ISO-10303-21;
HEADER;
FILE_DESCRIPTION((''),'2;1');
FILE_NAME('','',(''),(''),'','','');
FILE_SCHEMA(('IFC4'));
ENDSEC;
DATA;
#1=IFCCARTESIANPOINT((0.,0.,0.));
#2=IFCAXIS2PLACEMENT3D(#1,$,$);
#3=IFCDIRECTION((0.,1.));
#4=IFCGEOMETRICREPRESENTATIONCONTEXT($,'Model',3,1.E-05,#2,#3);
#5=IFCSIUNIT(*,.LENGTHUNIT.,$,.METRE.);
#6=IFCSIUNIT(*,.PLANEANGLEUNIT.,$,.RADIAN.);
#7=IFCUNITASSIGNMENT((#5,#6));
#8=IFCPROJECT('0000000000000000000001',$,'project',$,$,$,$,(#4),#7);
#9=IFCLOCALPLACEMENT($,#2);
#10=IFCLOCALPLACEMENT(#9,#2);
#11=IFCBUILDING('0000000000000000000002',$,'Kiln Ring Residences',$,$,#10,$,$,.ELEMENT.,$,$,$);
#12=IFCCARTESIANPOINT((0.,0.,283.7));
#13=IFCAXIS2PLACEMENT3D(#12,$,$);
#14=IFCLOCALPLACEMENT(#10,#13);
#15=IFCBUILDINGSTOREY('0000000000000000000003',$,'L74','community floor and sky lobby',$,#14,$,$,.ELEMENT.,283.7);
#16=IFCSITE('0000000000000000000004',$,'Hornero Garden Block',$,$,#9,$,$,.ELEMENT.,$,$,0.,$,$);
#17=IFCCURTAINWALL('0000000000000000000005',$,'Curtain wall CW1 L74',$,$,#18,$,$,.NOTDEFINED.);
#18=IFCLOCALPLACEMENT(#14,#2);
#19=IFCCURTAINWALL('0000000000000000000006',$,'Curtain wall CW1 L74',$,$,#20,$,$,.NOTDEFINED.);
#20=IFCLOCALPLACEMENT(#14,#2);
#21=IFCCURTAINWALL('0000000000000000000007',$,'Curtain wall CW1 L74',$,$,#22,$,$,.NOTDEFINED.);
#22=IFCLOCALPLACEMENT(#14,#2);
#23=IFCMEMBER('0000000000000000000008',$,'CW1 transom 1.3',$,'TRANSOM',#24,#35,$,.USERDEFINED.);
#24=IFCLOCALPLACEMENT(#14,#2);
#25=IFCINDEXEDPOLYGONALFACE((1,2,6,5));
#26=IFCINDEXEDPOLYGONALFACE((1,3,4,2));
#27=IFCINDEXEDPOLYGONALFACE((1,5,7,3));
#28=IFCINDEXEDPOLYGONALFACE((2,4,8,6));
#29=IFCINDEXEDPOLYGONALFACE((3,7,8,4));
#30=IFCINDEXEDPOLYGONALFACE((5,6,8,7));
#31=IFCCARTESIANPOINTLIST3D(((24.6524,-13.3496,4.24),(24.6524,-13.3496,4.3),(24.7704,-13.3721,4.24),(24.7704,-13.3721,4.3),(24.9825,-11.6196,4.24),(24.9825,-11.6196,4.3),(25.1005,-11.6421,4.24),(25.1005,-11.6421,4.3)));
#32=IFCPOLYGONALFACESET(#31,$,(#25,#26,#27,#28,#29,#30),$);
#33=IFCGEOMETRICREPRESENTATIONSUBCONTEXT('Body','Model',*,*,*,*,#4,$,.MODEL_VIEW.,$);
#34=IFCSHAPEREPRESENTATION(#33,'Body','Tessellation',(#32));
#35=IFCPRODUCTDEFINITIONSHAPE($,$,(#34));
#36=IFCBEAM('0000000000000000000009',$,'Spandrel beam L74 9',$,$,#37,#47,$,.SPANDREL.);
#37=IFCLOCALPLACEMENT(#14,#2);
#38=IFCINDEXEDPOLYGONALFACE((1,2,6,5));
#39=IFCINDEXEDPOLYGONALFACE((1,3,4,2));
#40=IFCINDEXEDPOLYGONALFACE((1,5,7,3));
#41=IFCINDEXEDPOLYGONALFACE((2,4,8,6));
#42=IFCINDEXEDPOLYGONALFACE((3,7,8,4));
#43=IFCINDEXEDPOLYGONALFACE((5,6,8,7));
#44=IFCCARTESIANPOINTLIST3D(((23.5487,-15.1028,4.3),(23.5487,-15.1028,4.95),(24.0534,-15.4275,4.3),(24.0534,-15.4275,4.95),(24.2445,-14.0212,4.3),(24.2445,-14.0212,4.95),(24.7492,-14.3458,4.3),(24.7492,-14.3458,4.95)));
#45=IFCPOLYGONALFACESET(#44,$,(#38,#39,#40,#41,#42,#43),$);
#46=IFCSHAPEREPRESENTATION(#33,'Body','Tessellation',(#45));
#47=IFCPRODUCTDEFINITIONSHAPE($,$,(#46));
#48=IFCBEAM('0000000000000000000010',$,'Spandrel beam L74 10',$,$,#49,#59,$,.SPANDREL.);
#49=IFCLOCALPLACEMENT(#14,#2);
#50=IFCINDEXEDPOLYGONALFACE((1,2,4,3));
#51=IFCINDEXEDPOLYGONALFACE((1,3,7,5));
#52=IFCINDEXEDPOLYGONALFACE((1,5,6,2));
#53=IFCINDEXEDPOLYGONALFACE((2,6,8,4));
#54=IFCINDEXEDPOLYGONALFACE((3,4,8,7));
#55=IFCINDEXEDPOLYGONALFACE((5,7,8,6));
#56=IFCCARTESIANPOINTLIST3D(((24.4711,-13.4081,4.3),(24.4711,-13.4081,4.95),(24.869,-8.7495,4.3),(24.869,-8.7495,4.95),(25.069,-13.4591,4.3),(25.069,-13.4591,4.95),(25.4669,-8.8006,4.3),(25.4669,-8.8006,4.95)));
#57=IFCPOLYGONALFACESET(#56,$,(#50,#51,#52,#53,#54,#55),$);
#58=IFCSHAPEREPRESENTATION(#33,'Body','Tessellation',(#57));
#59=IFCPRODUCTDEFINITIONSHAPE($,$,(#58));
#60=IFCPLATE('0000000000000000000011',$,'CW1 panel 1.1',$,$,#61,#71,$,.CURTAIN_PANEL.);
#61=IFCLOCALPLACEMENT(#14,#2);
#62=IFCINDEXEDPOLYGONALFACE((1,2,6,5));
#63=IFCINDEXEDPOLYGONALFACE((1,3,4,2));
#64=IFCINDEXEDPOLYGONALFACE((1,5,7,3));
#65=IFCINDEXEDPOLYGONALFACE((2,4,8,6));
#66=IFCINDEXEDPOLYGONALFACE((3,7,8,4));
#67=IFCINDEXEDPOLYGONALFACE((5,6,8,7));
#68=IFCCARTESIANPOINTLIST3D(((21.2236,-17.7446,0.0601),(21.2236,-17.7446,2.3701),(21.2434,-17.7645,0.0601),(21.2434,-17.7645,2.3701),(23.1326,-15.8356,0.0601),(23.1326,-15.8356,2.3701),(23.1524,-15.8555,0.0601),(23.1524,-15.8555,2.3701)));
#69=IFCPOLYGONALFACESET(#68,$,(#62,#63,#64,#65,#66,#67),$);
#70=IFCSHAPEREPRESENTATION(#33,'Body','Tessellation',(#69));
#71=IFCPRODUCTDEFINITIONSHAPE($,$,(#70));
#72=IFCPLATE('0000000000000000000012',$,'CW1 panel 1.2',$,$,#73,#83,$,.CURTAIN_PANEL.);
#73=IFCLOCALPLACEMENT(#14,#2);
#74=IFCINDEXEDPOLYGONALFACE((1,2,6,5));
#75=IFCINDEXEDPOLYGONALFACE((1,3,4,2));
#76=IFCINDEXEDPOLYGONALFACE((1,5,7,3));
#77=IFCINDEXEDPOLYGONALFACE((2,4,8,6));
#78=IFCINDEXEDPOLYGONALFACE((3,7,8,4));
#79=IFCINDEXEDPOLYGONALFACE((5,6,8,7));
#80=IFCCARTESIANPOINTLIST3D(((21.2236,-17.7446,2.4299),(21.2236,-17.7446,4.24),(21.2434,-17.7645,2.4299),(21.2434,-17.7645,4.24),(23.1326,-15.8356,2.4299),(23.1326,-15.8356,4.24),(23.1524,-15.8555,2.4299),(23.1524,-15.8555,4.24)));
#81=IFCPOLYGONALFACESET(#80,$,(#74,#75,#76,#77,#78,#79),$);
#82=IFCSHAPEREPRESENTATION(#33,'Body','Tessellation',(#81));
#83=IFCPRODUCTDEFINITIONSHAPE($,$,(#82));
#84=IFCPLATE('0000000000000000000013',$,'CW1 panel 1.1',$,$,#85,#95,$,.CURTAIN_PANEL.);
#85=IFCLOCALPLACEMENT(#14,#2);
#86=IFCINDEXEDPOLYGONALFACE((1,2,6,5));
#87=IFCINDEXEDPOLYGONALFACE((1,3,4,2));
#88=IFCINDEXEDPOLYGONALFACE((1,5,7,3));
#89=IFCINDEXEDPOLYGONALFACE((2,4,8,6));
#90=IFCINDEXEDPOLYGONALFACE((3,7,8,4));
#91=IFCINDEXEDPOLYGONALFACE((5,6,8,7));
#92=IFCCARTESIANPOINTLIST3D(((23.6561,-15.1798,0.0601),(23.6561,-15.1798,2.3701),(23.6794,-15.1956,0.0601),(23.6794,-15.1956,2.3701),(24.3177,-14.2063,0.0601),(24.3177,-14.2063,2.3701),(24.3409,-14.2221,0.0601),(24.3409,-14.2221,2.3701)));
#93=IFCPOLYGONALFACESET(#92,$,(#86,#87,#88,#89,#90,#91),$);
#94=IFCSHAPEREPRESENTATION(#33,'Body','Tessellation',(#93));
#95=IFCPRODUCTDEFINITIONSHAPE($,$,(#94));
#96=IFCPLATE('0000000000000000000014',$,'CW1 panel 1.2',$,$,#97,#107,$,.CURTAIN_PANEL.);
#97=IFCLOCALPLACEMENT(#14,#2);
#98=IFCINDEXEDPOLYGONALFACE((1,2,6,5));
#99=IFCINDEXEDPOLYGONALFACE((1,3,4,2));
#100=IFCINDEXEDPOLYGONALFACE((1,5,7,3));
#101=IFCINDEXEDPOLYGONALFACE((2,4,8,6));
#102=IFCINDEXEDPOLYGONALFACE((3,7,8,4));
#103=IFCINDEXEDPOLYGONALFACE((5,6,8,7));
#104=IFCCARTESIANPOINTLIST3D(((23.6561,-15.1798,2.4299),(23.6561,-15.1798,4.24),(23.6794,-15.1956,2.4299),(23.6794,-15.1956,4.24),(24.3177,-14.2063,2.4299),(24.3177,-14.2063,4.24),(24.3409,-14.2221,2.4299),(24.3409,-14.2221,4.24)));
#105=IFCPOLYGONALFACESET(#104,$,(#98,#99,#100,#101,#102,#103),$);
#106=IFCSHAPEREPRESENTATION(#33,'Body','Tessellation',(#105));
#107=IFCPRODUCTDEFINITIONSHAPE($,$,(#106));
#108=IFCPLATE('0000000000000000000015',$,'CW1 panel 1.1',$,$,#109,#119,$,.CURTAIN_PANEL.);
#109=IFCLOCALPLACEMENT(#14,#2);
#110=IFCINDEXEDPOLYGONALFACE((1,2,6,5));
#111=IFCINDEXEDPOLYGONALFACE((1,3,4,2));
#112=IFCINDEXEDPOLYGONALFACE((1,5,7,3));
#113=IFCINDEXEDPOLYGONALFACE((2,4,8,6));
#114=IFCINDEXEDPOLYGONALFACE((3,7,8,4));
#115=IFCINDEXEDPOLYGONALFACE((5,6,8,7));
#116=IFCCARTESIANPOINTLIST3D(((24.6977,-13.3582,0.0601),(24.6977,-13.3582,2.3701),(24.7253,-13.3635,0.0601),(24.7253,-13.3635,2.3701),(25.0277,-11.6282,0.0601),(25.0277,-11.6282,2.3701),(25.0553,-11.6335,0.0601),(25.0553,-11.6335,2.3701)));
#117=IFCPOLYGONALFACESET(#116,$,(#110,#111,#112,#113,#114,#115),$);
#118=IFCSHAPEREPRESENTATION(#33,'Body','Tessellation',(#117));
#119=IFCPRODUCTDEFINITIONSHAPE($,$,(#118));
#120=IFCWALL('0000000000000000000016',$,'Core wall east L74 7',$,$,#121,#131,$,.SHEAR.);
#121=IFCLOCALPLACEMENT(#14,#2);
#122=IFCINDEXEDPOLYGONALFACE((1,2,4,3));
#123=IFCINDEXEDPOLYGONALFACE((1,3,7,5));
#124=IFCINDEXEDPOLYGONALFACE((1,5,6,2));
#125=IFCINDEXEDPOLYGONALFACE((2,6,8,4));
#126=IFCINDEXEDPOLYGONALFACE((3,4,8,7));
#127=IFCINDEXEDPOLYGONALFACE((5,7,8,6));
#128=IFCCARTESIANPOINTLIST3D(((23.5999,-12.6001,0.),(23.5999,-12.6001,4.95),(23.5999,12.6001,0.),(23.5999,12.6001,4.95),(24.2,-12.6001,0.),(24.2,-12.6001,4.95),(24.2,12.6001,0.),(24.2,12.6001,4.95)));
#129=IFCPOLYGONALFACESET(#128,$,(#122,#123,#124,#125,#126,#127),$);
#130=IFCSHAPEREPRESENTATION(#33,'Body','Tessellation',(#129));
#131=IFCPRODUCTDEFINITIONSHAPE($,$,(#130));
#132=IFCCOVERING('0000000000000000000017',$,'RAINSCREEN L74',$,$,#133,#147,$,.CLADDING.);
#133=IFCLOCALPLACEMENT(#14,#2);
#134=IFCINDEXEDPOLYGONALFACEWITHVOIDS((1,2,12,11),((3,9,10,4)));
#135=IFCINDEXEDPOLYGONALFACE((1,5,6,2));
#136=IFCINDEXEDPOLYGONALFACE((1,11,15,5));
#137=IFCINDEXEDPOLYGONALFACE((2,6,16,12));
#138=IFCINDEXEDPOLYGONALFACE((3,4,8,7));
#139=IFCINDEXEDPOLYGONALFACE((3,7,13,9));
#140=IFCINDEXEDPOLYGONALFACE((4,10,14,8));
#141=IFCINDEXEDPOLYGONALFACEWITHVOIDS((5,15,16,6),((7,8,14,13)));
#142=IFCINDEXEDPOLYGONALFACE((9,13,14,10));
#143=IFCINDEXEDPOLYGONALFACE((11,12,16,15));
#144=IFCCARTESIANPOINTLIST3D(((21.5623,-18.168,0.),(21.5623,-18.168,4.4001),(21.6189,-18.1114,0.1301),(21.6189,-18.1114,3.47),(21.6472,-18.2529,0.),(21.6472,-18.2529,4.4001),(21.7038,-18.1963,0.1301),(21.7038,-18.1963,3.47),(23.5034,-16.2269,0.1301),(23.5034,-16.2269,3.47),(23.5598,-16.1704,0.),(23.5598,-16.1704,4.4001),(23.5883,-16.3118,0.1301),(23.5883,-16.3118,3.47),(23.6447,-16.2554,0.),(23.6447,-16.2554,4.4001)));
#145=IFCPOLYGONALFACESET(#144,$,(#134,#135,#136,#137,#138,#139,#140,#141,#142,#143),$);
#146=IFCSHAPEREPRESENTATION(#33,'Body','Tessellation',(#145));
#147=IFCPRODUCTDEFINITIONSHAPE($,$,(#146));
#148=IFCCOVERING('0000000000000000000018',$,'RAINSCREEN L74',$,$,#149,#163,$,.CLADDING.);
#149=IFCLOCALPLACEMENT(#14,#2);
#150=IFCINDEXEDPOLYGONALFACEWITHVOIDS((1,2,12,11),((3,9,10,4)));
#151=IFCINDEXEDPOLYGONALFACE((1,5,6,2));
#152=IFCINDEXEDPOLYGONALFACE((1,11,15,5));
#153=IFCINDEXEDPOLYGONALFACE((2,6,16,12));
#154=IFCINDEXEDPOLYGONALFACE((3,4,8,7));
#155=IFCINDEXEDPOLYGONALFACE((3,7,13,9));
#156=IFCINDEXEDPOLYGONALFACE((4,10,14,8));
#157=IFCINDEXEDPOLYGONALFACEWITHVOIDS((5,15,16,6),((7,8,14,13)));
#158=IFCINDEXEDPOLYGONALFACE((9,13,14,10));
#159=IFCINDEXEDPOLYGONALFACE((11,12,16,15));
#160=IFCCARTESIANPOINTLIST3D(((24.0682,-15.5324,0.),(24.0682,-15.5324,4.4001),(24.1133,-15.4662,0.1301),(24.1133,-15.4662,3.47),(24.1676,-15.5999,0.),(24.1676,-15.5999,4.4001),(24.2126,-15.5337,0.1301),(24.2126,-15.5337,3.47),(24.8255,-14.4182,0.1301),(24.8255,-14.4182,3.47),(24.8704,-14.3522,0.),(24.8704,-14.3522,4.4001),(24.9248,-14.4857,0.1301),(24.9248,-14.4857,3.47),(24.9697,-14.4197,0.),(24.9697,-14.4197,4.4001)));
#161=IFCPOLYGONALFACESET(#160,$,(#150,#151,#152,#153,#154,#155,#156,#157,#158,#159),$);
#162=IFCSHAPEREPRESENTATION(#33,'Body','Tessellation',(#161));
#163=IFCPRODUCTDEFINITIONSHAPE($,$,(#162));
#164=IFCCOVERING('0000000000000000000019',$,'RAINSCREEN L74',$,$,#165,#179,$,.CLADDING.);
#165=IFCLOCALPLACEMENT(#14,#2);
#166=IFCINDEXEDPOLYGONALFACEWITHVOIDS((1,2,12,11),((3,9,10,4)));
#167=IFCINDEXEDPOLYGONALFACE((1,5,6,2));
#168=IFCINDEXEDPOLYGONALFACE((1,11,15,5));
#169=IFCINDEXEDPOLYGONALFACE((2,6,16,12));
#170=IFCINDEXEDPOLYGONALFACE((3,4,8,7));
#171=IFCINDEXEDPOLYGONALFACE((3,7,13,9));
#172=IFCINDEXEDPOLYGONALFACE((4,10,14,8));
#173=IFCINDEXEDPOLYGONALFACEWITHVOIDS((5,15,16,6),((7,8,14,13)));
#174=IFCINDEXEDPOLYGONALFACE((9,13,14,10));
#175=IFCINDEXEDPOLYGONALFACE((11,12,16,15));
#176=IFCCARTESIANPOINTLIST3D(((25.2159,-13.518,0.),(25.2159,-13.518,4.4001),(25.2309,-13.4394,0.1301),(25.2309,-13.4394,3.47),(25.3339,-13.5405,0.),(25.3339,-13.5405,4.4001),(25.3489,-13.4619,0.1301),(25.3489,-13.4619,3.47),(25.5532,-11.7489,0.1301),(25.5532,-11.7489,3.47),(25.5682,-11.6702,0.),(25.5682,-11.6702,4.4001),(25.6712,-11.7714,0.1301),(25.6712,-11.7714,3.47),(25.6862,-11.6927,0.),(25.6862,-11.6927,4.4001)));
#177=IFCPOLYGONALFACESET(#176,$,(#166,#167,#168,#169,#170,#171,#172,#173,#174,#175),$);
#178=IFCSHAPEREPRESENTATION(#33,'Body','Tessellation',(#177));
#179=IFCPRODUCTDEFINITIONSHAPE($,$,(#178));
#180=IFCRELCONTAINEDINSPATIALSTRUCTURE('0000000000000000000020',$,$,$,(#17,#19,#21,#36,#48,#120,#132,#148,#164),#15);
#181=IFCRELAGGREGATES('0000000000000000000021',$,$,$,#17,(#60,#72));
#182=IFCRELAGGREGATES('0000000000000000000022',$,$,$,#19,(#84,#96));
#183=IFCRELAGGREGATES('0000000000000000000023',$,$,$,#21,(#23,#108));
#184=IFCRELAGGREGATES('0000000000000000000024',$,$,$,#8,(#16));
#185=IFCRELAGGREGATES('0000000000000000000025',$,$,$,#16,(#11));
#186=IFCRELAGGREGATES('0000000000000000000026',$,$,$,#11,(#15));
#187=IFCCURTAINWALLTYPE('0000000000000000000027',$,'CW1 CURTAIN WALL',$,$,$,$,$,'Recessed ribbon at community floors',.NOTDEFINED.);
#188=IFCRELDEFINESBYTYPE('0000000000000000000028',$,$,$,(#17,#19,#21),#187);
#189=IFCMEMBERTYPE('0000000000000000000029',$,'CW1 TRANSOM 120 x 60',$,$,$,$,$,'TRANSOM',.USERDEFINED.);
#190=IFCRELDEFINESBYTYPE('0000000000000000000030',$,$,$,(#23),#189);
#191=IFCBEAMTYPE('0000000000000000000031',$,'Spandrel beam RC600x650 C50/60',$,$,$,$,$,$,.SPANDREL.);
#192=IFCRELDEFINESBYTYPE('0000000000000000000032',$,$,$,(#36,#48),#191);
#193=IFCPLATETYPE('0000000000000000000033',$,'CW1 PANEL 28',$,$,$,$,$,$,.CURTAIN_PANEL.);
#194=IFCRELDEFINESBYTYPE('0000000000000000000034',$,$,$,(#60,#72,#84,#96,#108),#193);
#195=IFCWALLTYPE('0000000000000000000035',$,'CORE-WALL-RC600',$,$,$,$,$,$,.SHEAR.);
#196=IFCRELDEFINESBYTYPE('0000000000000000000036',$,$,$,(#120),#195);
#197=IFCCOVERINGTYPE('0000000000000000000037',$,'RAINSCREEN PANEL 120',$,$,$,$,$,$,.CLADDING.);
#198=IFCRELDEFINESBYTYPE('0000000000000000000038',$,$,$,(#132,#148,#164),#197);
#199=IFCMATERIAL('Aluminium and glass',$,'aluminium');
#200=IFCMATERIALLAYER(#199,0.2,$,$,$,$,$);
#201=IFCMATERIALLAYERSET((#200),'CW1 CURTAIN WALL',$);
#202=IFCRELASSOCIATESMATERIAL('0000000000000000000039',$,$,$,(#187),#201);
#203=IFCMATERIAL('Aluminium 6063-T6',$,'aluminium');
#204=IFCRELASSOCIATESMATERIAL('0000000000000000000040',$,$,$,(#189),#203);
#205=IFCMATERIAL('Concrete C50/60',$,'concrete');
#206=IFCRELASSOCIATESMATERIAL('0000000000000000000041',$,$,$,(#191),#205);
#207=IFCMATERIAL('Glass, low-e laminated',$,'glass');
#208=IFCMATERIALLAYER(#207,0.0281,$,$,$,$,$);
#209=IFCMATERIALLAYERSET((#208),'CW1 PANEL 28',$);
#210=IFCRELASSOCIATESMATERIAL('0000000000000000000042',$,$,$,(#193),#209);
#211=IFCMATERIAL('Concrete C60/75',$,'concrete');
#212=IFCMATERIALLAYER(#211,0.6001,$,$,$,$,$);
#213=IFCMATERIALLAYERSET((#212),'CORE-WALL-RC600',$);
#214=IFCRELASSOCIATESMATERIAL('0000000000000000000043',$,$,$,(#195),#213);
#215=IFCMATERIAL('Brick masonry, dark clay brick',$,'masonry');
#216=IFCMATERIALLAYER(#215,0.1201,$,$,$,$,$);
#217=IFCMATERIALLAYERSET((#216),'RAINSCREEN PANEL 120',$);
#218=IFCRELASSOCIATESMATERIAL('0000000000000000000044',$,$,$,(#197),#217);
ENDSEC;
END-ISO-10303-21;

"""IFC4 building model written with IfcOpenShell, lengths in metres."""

from ifc_helpers import new_model, si_unit, direction, frame, frame_2d, origin, origin_2d, place, context, subcontext, project, spatial, polyline, rectangle, outline, extrude, material, layer, layer_set, material_profile, profile_set, type_object, element, aggregate, save


model = new_model("IFC4")

# Units and contexts
model_context = context("Model", 3, precision=1e-05, world=origin(), true_north=direction((0.0, 1.0)))
body_context = subcontext(model_context, "Body", "Model", "MODEL_VIEW")
ifc_project = project(units=[si_unit("LENGTHUNIT", "METRE"), si_unit("PLANEANGLEUNIT", "RADIAN")], contexts=[model_context])

# Site, building, storey
site_placement = place(None, origin())
site = spatial("IfcSite", under=ifc_project, at=site_placement, Name="Hornero Garden Block", CompositionType="ELEMENT", RefElevation=0.0)
building_placement = place(site_placement, origin())
building = spatial("IfcBuilding", under=site, at=building_placement, Name="Kiln Ring Residences", CompositionType="ELEMENT")
storey_placement = place(building_placement, frame((0.0, 0.0, 283.7)))
storey = spatial("IfcBuildingStorey", under=building, at=storey_placement, Name="L74", Description="community floor and sky lobby", CompositionType="ELEMENT", Elevation=283.7)

# Curtain wall
ifc_material_1 = material(Name="Aluminium and glass", Category="aluminium")
ifc_layer_1 = layer(ifc_material_1, 0.2)
ifc_layer_set_1 = layer_set([ifc_layer_1], Name="CW1 CURTAIN WALL")
curtain_wall_type = type_object("IfcCurtainWallType", Name="CW1 CURTAIN WALL", ElementType="Recessed ribbon at community floors", PredefinedType="NOTDEFINED", material=ifc_layer_set_1)
placement = place(storey_placement, origin())
curtain_wall_1 = element("IfcCurtainWall", 1, at=placement, inside=storey, type_object=curtain_wall_type, Name="Curtain wall CW1 L74", PredefinedType="NOTDEFINED")

# Curtain wall
curtain_wall_2 = element("IfcCurtainWall", 2, at=placement, inside=storey, type_object=curtain_wall_type, Name="Curtain wall CW1 L74", PredefinedType="NOTDEFINED")

# Curtain wall
curtain_wall_3 = element("IfcCurtainWall", 3, at=placement, inside=storey, type_object=curtain_wall_type, Name="Curtain wall CW1 L74", PredefinedType="NOTDEFINED")

# Member
ifc_material_2 = material(Name="Aluminium 6063-T6", Category="aluminium")
ifc_material_profile_1 = material_profile(ifc_material_2, rectangle(XDim=0.1201, YDim=0.0601, at=origin_2d()), Name="AL 120x60")
ifc_profile_set_1 = profile_set([ifc_material_profile_1], Name="Aluminium 6063-T6")
member_type_1 = type_object("IfcMemberType", Name="CW1 TRANSOM 120 x 60", ElementType="TRANSOM", PredefinedType="USERDEFINED", material=ifc_profile_set_1)
member_1_placement = place(storey_placement, frame((24.7114, -13.3608, 4.27), z_axis=(0.187418, 0.98228, 0.0), x_axis=(-0.98228, 0.187418, 0.0)))
member_1 = element("IfcMember", 4, at=member_1_placement, type_object=member_type_1, Name="CW1 transom 1.3", ObjectType="TRANSOM", PredefinedType="USERDEFINED", context=body_context, shape_type="SweptSolid", body=[
    extrude(rectangle(XDim=0.1201, YDim=0.0601, at=origin_2d()), origin(), (0.0, 0.0, 1.0), 1.7612),
])

# Beams
ifc_material_3 = material(Name="Concrete C50/60", Category="concrete")
ifc_material_profile_2 = material_profile(ifc_material_3, rectangle(XDim=0.6001, YDim=0.6499, at=origin_2d()), Name="RC600x650")
ifc_profile_set_2 = profile_set([ifc_material_profile_2], Name="Concrete C50/60")
beam_type = type_object("IfcBeamType", Name="Spandrel beam RC600x650 C50/60", PredefinedType="SPANDREL", material=ifc_profile_set_2)
beam_1_placement = place(storey_placement, frame((23.801, -15.2651, 4.625), z_axis=(0.541045, 0.840993, 0.0), x_axis=(-0.840993, 0.541045, 0.0)))
element("IfcBeam", 5, at=beam_1_placement, inside=storey, type_object=beam_type, Name="Spandrel beam L74 9", PredefinedType="SPANDREL", context=body_context, shape_type="SweptSolid", body=[
    extrude(rectangle(XDim=0.6001, YDim=0.6499, at=origin_2d()), origin(), (0.0, 0.0, 1.0), 1.2861),
])
beam_2_placement = place(storey_placement, frame((24.77, -13.4336, 4.625), z_axis=(0.085111, 0.996371, 0.0), x_axis=(-0.996371, 0.085111, 0.0)))
element("IfcBeam", 6, at=beam_2_placement, inside=storey, type_object=beam_type, Name="Spandrel beam L74 10", PredefinedType="SPANDREL", context=body_context, shape_type="SweptSolid", body=[
    extrude(rectangle(XDim=0.6001, YDim=0.6499, at=origin_2d()), origin(), (0.0, 0.0, 1.0), 4.6755),
])

# Plates
ifc_material_4 = material(Name="Glass, low-e laminated", Category="glass")
ifc_layer_2 = layer(ifc_material_4, 0.0281)
ifc_layer_set_2 = layer_set([ifc_layer_2], Name="CW1 PANEL 28")
plate_type = type_object("IfcPlateType", Name="CW1 PANEL 28", PredefinedType="CURTAIN_PANEL", material=ifc_layer_set_2)
plate_1_placement = place(storey_placement, frame((22.188, -16.8, 0.0601), z_axis=(0.0, 0.0, 1.0), x_axis=(0.707107, 0.707107, 0.0)))
plate_1 = element("IfcPlate", 7, at=plate_1_placement, type_object=plate_type, Name="CW1 panel 1.1", PredefinedType="CURTAIN_PANEL", context=body_context, shape_type="SweptSolid", body=[
    extrude(rectangle(XDim=2.6997, YDim=0.0281, at=origin_2d()), origin(), (0.0, 0.0, 1.0), 2.3101),
])
plate_2_placement = place(storey_placement, frame((22.188, -16.8, 2.4299), z_axis=(0.0, 0.0, 1.0), x_axis=(0.707107, 0.707107, 0.0)))
plate_2 = element("IfcPlate", 8, at=plate_2_placement, type_object=plate_type, Name="CW1 panel 1.2", PredefinedType="CURTAIN_PANEL", context=body_context, shape_type="SweptSolid", body=[
    extrude(rectangle(XDim=2.6997, YDim=0.0281, at=origin_2d()), origin(), (0.0, 0.0, 1.0), 1.8101),
])
aggregate(curtain_wall_1, [plate_1, plate_2])
plate_3_placement = place(storey_placement, frame((23.9985, -14.7009, 0.0601), z_axis=(0.0, 0.0, 1.0), x_axis=(0.562097, 0.827072, 0.0)))
plate_3 = element("IfcPlate", 9, at=plate_3_placement, type_object=plate_type, Name="CW1 panel 1.1", PredefinedType="CURTAIN_PANEL", context=body_context, shape_type="SweptSolid", body=[
    extrude(rectangle(XDim=1.177, YDim=0.0281, at=origin_2d()), origin(), (0.0, 0.0, 1.0), 2.3101),
])
plate_4_placement = place(storey_placement, frame((23.9985, -14.7009, 2.4299), z_axis=(0.0, 0.0, 1.0), x_axis=(0.562097, 0.827072, 0.0)))
plate_4 = element("IfcPlate", 10, at=plate_4_placement, type_object=plate_type, Name="CW1 panel 1.2", PredefinedType="CURTAIN_PANEL", context=body_context, shape_type="SweptSolid", body=[
    extrude(rectangle(XDim=1.177, YDim=0.0281, at=origin_2d()), origin(), (0.0, 0.0, 1.0), 1.8101),
])
aggregate(curtain_wall_2, [plate_3, plate_4])
plate_5_placement = place(storey_placement, frame((24.8765, -12.4958, 0.0601), z_axis=(0.0, 0.0, 1.0), x_axis=(0.187366, 0.98229, 0.0)))
plate_5 = element("IfcPlate", 11, at=plate_5_placement, type_object=plate_type, Name="CW1 panel 1.1", PredefinedType="CURTAIN_PANEL", context=body_context, shape_type="SweptSolid", body=[
    extrude(rectangle(XDim=1.7612, YDim=0.0281, at=origin_2d()), origin(), (0.0, 0.0, 1.0), 2.3101),
])
aggregate(curtain_wall_3, [member_1, plate_5])

# Wall
ifc_material_5 = material(Name="Concrete C60/75", Category="concrete")
ifc_layer_3 = layer(ifc_material_5, 0.6001)
ifc_layer_set_3 = layer_set([ifc_layer_3], Name="CORE-WALL-RC600")
wall_type = type_object("IfcWallType", Name="CORE-WALL-RC600", PredefinedType="SHEAR", material=ifc_layer_set_3)
wall_placement = place(storey_placement, frame((23.8999, -12.6001, 0.0), z_axis=(0.0, 0.0, 1.0), x_axis=(0.0, 1.0, 0.0)))
element("IfcWall", 12, at=wall_placement, inside=storey, type_object=wall_type, Name="Core wall east L74 7", PredefinedType="SHEAR", context=body_context, shape_type="SweptSolid", body=[
    extrude(rectangle(XDim=25.2002, YDim=0.6001, at=frame_2d((12.6001, 0.0))), origin(), (0.0, 0.0, 1.0), 4.95),
])

# Coverings
ifc_material_6 = material(Name="Brick masonry, dark clay brick", Category="masonry")
ifc_layer_4 = layer(ifc_material_6, 0.1201)
ifc_layer_set_4 = layer_set([ifc_layer_4], Name="RAINSCREEN PANEL 120")
covering_type = type_object("IfcCoveringType", Name="RAINSCREEN PANEL 120", PredefinedType="CLADDING", material=ifc_layer_set_4)
covering_1_placement = place(storey_placement, frame((21.6047, -18.2104, 0.0), z_axis=(0.0, 0.0, 1.0), x_axis=(0.707107, 0.707107, 0.0)))
element("IfcCovering", 13, at=covering_1_placement, inside=storey, type_object=covering_type, Name="RAINSCREEN L74", PredefinedType="CLADDING", context=body_context, shape_type="SweptSolid", body=[
    extrude(outline(polyline([(0.0, 0.0), (2.825, 0.0), (2.825, 4.4001), (0.0, 4.4001), (0.0, 0.0)]), holes=[polyline([(0.0801, 3.47), (0.0801, 0.1301), (2.7451, 0.1301), (2.7451, 3.47), (0.0801, 3.47)])]), frame((0.0, 0.0601, 0.0), z_axis=(0.0, -1.0, 0.0), x_axis=(1.0, 0.0, 0.0)), (0.0, 0.0, 1.0), 0.1201),
])
covering_2_placement = place(storey_placement, frame((24.1179, -15.5662, 0.0), z_axis=(0.0, 0.0, 1.0), x_axis=(0.562099, 0.82707, 0.0)))
element("IfcCovering", 14, at=covering_2_placement, inside=storey, type_object=covering_type, Name="RAINSCREEN L74", PredefinedType="CLADDING", context=body_context, shape_type="SweptSolid", body=[
    extrude(outline(polyline([(0.0, 0.0), (1.427, 0.0), (1.427, 4.4001), (0.0, 4.4001), (0.0, 0.0)]), holes=[polyline([(0.0801, 3.47), (0.0801, 0.1301), (1.3472, 0.1301), (1.3472, 3.47), (0.0801, 3.47)])]), frame((0.0, 0.0601, 0.0), z_axis=(0.0, -1.0, 0.0), x_axis=(1.0, 0.0, 0.0)), (0.0, 0.0, 1.0), 0.1201),
])
covering_3_placement = place(storey_placement, frame((25.2749, -13.5293, 0.0), z_axis=(0.0, 0.0, 1.0), x_axis=(0.187273, 0.982308, 0.0)))
element("IfcCovering", 15, at=covering_3_placement, inside=storey, type_object=covering_type, Name="RAINSCREEN L74", PredefinedType="CLADDING", context=body_context, shape_type="SweptSolid", body=[
    extrude(outline(polyline([(0.0, 0.0), (1.8811, 0.0), (1.8811, 4.4001), (0.0, 4.4001), (0.0, 0.0)]), holes=[polyline([(0.0801, 3.47), (0.0801, 0.1301), (1.801, 0.1301), (1.801, 3.47), (0.0801, 3.47)])]), frame((0.0, 0.0601, 0.0), z_axis=(0.0, -1.0, 0.0), x_axis=(1.0, 0.0, 0.0)), (0.0, 0.0, 1.0), 0.1201),
])

save(model, "model.ifc")
